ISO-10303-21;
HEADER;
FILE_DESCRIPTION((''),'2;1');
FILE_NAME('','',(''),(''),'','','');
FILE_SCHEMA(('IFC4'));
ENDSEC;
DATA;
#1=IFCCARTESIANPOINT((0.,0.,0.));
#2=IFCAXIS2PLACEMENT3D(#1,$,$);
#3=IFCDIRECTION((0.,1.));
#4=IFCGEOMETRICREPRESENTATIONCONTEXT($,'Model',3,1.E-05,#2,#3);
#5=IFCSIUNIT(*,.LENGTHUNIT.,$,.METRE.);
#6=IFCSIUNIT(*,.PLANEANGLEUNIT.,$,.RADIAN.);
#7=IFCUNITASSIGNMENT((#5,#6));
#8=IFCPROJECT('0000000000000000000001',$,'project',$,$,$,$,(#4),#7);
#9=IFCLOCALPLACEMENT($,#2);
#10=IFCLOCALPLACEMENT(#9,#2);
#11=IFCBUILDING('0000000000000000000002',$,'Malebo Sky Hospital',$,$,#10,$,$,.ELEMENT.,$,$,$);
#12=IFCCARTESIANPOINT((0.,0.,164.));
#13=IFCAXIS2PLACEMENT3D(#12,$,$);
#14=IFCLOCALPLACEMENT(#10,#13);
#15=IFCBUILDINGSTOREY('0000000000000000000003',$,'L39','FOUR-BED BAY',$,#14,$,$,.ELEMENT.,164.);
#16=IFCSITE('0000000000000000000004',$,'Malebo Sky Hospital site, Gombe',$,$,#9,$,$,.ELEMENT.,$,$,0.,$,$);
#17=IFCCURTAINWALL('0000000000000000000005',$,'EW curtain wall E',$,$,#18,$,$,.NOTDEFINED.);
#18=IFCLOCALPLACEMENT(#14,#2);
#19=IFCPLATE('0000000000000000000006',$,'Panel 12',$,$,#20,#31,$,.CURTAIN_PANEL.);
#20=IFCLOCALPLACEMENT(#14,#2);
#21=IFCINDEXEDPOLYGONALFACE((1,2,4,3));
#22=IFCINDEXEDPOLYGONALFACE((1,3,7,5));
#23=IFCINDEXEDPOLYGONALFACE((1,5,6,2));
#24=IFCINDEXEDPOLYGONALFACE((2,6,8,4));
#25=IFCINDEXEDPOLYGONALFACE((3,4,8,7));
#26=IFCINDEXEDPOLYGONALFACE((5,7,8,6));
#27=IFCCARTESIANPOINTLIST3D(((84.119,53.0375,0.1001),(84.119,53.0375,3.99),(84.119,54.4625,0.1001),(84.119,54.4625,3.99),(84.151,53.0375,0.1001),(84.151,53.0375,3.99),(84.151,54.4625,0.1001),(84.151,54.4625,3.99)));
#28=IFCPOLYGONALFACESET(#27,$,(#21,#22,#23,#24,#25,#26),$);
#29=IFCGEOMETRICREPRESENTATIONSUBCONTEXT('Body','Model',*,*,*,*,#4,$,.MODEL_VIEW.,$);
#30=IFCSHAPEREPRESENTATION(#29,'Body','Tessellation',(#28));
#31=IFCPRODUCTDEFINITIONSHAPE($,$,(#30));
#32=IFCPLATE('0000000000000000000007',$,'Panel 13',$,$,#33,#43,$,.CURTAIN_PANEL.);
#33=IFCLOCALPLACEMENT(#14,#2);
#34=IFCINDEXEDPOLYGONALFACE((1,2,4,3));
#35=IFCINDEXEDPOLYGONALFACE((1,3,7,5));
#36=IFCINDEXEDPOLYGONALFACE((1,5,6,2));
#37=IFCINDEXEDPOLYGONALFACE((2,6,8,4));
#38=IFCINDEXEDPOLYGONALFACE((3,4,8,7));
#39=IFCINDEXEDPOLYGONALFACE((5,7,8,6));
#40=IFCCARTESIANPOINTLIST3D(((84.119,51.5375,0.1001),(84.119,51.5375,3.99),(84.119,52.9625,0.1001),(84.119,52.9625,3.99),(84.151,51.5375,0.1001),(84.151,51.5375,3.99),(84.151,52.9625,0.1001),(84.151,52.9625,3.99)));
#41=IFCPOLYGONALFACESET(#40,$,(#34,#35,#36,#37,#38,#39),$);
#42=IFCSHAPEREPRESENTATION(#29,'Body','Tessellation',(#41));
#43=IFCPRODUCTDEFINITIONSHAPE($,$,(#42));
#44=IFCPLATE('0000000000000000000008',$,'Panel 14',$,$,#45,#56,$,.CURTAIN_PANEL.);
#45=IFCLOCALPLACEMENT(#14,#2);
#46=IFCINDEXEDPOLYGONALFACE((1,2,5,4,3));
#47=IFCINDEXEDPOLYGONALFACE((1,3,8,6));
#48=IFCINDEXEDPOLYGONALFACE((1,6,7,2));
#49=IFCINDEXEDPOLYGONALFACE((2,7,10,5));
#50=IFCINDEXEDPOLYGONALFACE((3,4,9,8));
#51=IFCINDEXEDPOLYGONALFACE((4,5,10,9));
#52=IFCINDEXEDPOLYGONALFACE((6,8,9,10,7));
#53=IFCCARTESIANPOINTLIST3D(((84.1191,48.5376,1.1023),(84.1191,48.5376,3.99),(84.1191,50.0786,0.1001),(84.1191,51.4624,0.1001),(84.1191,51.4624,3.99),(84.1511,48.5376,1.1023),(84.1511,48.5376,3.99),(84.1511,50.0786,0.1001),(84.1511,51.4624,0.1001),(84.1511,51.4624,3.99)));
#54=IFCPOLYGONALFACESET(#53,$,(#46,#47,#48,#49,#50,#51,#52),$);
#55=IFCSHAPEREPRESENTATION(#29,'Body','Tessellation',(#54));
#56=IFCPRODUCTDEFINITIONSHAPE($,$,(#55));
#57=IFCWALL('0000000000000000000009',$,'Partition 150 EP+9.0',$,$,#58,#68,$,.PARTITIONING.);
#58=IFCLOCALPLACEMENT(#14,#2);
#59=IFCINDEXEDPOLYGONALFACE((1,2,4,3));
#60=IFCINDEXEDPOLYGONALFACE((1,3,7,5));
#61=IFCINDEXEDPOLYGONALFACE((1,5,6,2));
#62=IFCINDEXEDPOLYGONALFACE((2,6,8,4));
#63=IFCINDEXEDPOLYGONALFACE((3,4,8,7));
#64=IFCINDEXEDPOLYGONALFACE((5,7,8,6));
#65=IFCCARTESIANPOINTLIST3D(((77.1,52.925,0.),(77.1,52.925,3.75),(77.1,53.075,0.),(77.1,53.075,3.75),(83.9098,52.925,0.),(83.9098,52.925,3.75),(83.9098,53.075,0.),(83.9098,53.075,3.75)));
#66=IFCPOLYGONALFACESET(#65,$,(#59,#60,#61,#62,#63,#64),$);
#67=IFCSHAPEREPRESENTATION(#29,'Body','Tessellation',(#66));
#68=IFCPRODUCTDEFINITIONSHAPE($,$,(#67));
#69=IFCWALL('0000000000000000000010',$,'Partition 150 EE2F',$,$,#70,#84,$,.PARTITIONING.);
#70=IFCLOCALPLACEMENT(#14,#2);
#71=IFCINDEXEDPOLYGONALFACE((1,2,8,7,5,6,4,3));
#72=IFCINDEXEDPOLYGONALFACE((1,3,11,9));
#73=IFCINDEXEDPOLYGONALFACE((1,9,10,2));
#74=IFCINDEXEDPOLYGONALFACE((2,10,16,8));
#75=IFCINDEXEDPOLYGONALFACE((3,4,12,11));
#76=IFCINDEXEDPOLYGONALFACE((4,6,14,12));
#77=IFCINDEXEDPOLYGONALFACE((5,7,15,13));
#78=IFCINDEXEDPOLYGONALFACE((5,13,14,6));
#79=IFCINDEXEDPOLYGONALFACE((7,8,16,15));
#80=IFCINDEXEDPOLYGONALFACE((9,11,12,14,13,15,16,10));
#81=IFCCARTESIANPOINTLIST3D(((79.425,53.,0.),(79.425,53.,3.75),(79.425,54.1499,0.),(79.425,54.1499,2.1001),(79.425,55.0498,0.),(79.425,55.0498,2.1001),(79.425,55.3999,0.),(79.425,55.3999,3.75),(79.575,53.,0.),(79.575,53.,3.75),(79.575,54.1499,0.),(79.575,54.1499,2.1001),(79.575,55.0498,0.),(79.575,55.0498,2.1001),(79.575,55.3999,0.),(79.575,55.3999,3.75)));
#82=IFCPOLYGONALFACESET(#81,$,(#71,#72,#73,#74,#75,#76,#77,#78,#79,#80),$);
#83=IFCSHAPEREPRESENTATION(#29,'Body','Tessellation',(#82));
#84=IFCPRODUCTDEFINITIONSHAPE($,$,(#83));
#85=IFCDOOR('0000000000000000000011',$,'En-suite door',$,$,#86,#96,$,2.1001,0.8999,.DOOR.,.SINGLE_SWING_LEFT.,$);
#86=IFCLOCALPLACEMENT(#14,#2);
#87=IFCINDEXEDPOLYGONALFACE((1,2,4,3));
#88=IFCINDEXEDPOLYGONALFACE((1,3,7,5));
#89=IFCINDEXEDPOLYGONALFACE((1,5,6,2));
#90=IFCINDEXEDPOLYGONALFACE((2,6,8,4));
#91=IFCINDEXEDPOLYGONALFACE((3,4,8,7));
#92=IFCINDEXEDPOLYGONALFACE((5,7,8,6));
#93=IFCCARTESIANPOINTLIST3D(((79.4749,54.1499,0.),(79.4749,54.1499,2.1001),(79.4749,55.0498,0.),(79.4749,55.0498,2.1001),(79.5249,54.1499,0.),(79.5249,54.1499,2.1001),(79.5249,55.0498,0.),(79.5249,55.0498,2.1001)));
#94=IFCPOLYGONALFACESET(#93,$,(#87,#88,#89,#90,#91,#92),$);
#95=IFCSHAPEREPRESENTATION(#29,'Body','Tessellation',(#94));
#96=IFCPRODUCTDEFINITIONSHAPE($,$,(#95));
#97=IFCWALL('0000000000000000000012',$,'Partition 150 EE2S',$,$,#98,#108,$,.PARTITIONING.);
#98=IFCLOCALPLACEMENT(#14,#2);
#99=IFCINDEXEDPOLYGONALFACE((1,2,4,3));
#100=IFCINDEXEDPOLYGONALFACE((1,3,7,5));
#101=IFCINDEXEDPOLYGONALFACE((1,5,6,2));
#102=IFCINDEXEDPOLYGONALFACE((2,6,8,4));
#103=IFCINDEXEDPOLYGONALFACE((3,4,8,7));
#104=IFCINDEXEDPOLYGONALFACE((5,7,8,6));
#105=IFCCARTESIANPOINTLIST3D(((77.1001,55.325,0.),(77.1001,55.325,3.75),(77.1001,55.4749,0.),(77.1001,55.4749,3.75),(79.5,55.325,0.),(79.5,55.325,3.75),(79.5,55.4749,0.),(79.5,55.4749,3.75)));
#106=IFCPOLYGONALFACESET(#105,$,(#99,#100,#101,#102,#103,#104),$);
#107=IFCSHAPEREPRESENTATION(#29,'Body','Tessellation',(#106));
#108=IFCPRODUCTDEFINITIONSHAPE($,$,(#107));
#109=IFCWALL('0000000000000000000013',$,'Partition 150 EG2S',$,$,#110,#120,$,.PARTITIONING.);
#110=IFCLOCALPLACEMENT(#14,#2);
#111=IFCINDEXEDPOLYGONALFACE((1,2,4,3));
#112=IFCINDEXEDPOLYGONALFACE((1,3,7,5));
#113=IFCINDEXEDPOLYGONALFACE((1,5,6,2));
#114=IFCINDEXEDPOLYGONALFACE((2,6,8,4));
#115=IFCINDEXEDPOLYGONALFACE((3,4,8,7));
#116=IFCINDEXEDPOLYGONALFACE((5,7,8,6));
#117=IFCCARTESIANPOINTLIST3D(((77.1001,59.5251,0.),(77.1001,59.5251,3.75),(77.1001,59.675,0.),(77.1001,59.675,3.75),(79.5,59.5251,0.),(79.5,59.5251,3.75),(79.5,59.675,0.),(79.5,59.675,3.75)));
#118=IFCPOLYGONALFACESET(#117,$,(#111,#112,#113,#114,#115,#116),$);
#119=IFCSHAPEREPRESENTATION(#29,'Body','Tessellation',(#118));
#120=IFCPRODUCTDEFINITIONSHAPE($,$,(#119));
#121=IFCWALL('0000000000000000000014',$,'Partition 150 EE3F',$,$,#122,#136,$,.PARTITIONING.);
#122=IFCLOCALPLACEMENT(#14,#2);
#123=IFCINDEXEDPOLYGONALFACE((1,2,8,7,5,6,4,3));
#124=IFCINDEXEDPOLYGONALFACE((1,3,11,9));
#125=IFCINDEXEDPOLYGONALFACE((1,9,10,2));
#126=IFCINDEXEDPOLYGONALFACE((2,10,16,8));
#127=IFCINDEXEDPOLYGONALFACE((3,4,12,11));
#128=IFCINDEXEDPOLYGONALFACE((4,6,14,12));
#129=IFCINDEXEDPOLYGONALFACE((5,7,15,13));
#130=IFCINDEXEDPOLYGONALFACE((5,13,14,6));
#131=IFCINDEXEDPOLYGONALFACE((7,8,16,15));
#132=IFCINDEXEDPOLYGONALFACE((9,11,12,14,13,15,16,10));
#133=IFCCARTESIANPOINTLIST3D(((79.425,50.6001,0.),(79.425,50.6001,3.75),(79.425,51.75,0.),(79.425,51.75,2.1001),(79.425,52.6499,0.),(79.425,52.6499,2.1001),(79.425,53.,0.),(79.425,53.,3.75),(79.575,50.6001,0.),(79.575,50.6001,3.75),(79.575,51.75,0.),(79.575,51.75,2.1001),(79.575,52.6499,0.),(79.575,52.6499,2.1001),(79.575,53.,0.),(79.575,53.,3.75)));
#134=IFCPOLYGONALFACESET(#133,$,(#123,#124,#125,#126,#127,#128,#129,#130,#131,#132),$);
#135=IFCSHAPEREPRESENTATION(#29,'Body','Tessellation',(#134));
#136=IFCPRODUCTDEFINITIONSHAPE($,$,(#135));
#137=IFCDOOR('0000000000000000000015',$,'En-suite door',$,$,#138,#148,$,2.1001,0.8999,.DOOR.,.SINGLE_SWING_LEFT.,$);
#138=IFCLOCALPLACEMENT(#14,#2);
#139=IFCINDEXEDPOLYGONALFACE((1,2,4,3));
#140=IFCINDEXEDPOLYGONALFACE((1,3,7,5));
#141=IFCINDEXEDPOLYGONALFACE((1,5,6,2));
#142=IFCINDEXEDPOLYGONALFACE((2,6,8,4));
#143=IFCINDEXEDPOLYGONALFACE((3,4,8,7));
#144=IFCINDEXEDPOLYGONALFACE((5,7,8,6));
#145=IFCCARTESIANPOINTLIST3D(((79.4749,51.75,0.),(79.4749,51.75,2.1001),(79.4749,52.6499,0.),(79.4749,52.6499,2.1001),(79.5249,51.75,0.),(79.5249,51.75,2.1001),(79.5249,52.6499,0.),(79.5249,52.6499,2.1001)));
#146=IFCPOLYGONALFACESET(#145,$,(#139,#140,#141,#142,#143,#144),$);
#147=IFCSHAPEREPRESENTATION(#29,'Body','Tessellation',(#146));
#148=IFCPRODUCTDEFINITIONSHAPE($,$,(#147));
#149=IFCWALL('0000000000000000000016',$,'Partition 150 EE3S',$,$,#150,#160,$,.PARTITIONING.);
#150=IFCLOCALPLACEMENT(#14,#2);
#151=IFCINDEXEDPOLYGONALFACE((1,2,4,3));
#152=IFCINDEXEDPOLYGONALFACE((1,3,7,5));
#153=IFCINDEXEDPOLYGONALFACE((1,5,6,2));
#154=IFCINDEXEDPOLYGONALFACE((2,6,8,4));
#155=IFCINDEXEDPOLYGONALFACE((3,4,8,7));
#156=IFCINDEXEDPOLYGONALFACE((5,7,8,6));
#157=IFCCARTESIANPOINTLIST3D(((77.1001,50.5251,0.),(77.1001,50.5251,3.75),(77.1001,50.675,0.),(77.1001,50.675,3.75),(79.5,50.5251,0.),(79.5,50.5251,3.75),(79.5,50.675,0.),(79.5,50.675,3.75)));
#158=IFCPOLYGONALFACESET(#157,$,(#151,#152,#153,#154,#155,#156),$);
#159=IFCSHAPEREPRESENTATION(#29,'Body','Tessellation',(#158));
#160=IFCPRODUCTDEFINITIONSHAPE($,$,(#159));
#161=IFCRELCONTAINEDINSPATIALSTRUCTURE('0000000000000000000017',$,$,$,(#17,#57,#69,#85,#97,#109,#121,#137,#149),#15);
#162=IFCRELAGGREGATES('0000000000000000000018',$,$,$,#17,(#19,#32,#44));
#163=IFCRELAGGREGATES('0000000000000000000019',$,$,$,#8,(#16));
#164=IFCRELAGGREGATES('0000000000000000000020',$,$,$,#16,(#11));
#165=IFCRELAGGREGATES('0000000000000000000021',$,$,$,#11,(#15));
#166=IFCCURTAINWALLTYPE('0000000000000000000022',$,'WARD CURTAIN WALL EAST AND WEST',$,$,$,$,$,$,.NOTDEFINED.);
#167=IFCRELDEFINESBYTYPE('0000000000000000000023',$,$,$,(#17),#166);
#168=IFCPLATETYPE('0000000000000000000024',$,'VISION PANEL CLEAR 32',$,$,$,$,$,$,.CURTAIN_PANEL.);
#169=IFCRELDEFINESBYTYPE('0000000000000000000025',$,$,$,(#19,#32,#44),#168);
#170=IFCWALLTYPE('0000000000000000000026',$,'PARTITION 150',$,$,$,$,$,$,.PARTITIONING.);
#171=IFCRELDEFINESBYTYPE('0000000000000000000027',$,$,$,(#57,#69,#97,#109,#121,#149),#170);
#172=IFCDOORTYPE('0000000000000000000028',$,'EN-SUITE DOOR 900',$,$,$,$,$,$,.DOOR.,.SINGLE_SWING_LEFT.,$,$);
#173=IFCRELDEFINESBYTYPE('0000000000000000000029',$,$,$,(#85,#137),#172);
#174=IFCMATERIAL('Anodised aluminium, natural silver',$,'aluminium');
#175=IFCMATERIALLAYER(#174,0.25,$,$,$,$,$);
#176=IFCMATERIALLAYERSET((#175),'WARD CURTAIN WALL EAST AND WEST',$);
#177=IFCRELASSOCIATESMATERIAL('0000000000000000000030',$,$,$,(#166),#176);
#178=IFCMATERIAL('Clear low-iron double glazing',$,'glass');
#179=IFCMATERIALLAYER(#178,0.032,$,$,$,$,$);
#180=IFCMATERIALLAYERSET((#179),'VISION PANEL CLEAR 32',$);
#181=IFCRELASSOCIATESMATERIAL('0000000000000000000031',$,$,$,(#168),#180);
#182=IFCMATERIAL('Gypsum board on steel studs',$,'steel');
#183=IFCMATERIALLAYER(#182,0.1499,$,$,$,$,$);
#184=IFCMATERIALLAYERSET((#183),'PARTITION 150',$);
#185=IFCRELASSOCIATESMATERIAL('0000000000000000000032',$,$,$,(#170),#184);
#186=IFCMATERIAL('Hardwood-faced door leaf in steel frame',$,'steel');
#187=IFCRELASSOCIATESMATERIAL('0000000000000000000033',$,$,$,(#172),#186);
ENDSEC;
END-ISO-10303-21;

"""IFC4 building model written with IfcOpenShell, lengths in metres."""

from ifc_helpers import new_model, si_unit, direction, frame, frame_2d, origin, origin_2d, place, context, subcontext, project, spatial, polyline, rectangle, outline, extrude, material, layer, layer_set, type_object, element, fill, aggregate, save


model = new_model("IFC4")

# Units and contexts
model_context = context("Model", 3, precision=1e-05, world=origin(), true_north=direction((0.0, 1.0)))
body_context = subcontext(model_context, "Body", "Model", "MODEL_VIEW")
ifc_project = project(units=[si_unit("LENGTHUNIT", "METRE"), si_unit("PLANEANGLEUNIT", "RADIAN")], contexts=[model_context])

# Site, building, storey
site_placement = place(None, origin())
site = spatial("IfcSite", under=ifc_project, at=site_placement, Name="Malebo Sky Hospital site, Gombe", CompositionType="ELEMENT", RefElevation=0.0)
building_placement = place(site_placement, origin())
building = spatial("IfcBuilding", under=site, at=building_placement, Name="Malebo Sky Hospital", CompositionType="ELEMENT")
storey_placement = place(building_placement, frame((0.0, 0.0, 164.0)))
storey = spatial("IfcBuildingStorey", under=building, at=storey_placement, Name="L39", Description="FOUR-BED BAY", CompositionType="ELEMENT", Elevation=164.0)

# Curtain wall
ifc_material_1 = material(Name="Anodised aluminium, natural silver", Category="aluminium")
ifc_layer_1 = layer(ifc_material_1, 0.25)
ifc_layer_set_1 = layer_set([ifc_layer_1], Name="WARD CURTAIN WALL EAST AND WEST")
curtain_wall_type = type_object("IfcCurtainWallType", Name="WARD CURTAIN WALL EAST AND WEST", PredefinedType="NOTDEFINED", material=ifc_layer_set_1)
curtain_wall_placement = place(storey_placement, origin())
curtain_wall = element("IfcCurtainWall", 1, at=curtain_wall_placement, inside=storey, type_object=curtain_wall_type, Name="EW curtain wall E", PredefinedType="NOTDEFINED")

# Plates
ifc_material_2 = material(Name="Clear low-iron double glazing", Category="glass")
ifc_layer_2 = layer(ifc_material_2, 0.032)
ifc_layer_set_2 = layer_set([ifc_layer_2], Name="VISION PANEL CLEAR 32")
plate_type = type_object("IfcPlateType", Name="VISION PANEL CLEAR 32", PredefinedType="CURTAIN_PANEL", material=ifc_layer_set_2)
plate_1_placement = place(storey_placement, frame((84.135, 53.75, 0.1001), z_axis=(0.0, 0.0, 1.0), x_axis=(0.0, -1.0, 0.0)))
plate_1 = element("IfcPlate", 2, at=plate_1_placement, type_object=plate_type, Name="Panel 12", PredefinedType="CURTAIN_PANEL", context=body_context, shape_type="SweptSolid", body=[
    extrude(rectangle(XDim=1.425, YDim=0.032, at=origin_2d()), origin(), (0.0, 0.0, 1.0), 3.8899),
])
plate_2_placement = place(storey_placement, frame((84.135, 52.25, 0.1001), z_axis=(0.0, 0.0, 1.0), x_axis=(0.0, -1.0, 0.0)))
plate_2 = element("IfcPlate", 3, at=plate_2_placement, type_object=plate_type, Name="Panel 13", PredefinedType="CURTAIN_PANEL", context=body_context, shape_type="SweptSolid", body=[
    extrude(rectangle(XDim=1.425, YDim=0.032, at=origin_2d()), origin(), (0.0, 0.0, 1.0), 3.8899),
])
plate_3_placement = place(storey_placement, frame((84.135, 50.0, 0.1001), z_axis=(0.0, 0.0, 1.0), x_axis=(0.0, -1.0, 0.0)))
plate_3 = element("IfcPlate", 4, at=plate_3_placement, type_object=plate_type, Name="Panel 14", PredefinedType="CURTAIN_PANEL", context=body_context, shape_type="SweptSolid", body=[
    extrude(outline(polyline([(-1.4624, 0.0), (-0.0786, 0.0), (1.4624, 1.0022), (1.4624, 3.8899), (-1.4624, 3.8899), (-1.4624, 0.0)])), frame((0.0, 0.0161, 0.0), z_axis=(0.0, -1.0, 0.0), x_axis=(1.0, 0.0, 0.0)), (0.0, 0.0, 1.0), 0.032),
])
aggregate(curtain_wall, [plate_1, plate_2, plate_3])

# Wall
ifc_material_3 = material(Name="Gypsum board on steel studs", Category="steel")
ifc_layer_3 = layer(ifc_material_3, 0.1499)
ifc_layer_set_3 = layer_set([ifc_layer_3], Name="PARTITION 150")
wall_type = type_object("IfcWallType", Name="PARTITION 150", PredefinedType="PARTITIONING", material=ifc_layer_set_3)
wall_1_placement = place(storey_placement, frame((77.1001, 53.0, 0.0), z_axis=(0.0, 0.0, 1.0), x_axis=(1.0, 0.0, 0.0)))
element("IfcWall", 5, at=wall_1_placement, inside=storey, type_object=wall_type, Name="Partition 150 EP+9.0", PredefinedType="PARTITIONING", context=body_context, shape_type="SweptSolid", body=[
    extrude(rectangle(XDim=6.8098, YDim=0.1499, at=frame_2d((3.4048, 0.0))), origin(), (0.0, 0.0, 1.0), 3.75),
])

# Wall, opening, door
wall_2_placement = place(storey_placement, frame((79.5, 55.3999, 0.0), z_axis=(0.0, 0.0, 1.0), x_axis=(0.0, -1.0, 0.0)))
wall_2 = element("IfcWall", 6, at=wall_2_placement, inside=storey, type_object=wall_type, Name="Partition 150 EE2F", PredefinedType="PARTITIONING", context=body_context, shape_type="SweptSolid", body=[
    extrude(rectangle(XDim=2.3999, YDim=0.1499, at=frame_2d((1.2, 0.0))), origin(), (0.0, 0.0, 1.0), 3.75),
])
opening_1_placement = place(wall_2_placement, frame((0.3501, 0.0, 0.0)))
opening_1 = element("IfcOpeningElement", 7, at=opening_1_placement, cuts=wall_2, PredefinedType="OPENING", context=body_context, shape_type="SweptSolid", body=[
    extrude(rectangle(XDim=0.8999, YDim=2.1001, at=frame_2d((0.45, 1.05))), frame((0.0, 0.085, 0.0), z_axis=(0.0, -1.0, 0.0), x_axis=(1.0, 0.0, 0.0)), (0.0, 0.0, 1.0), 0.1699),
])
ifc_material_4 = material(Name="Hardwood-faced door leaf in steel frame", Category="steel")
door_type = type_object("IfcDoorType", Name="EN-SUITE DOOR 900", OperationType="SINGLE_SWING_LEFT", PredefinedType="DOOR", material=ifc_material_4)
door_1_placement = place(opening_1_placement, origin())
door_1 = element("IfcDoor", 8, at=door_1_placement, inside=storey, type_object=door_type, Name="En-suite door", OperationType="SINGLE_SWING_LEFT", OverallHeight=2.1001, OverallWidth=0.8999, PredefinedType="DOOR", context=body_context, shape_type="SweptSolid", body=[
    extrude(rectangle(XDim=0.8999, YDim=2.1001, at=frame_2d((0.45, 1.05))), frame((0.0, 0.0249, 0.0), z_axis=(0.0, -1.0, 0.0), x_axis=(1.0, 0.0, 0.0)), (0.0, 0.0, 1.0), 0.05),
])
fill(opening_1, door_1)

# Walls
for number, where, z_axis, x_axis, name in (
    (9, (77.1001, 55.3999, 0.0), (0.0, 0.0, 1.0), (1.0, 0.0, 0.0), "Partition 150 EE2S"),
    (10, (77.1001, 59.6001, 0.0), (0.0, 0.0, 1.0), (1.0, 0.0, 0.0), "Partition 150 EG2S"),
):
    element("IfcWall", number, at=place(storey_placement, frame(where, z_axis=z_axis, x_axis=x_axis)), inside=storey, type_object=wall_type, Name=name, PredefinedType="PARTITIONING", context=body_context, shape_type="SweptSolid", body=[
        extrude(rectangle(XDim=2.3999, YDim=0.1499, at=frame_2d((1.2, 0.0))), origin(), (0.0, 0.0, 1.0), 3.75),
    ])

# Wall, opening, door
wall_3_placement = place(storey_placement, frame((79.5, 53.0, 0.0), z_axis=(0.0, 0.0, 1.0), x_axis=(0.0, -1.0, 0.0)))
wall_3 = element("IfcWall", 11, at=wall_3_placement, inside=storey, type_object=wall_type, Name="Partition 150 EE3F", PredefinedType="PARTITIONING", context=body_context, shape_type="SweptSolid", body=[
    extrude(rectangle(XDim=2.3999, YDim=0.1499, at=frame_2d((1.2, 0.0))), origin(), (0.0, 0.0, 1.0), 3.75),
])
opening_2_placement = place(wall_3_placement, frame((0.3501, 0.0, 0.0)))
opening_2 = element("IfcOpeningElement", 12, at=opening_2_placement, cuts=wall_3, PredefinedType="OPENING", context=body_context, shape_type="SweptSolid", body=[
    extrude(rectangle(XDim=0.8999, YDim=2.1001, at=frame_2d((0.45, 1.05))), frame((0.0, 0.085, 0.0), z_axis=(0.0, -1.0, 0.0), x_axis=(1.0, 0.0, 0.0)), (0.0, 0.0, 1.0), 0.1699),
])
door_2_placement = place(opening_2_placement, origin())
door_2 = element("IfcDoor", 13, at=door_2_placement, inside=storey, type_object=door_type, Name="En-suite door", OperationType="SINGLE_SWING_LEFT", OverallHeight=2.1001, OverallWidth=0.8999, PredefinedType="DOOR", context=body_context, shape_type="SweptSolid", body=[
    extrude(rectangle(XDim=0.8999, YDim=2.1001, at=frame_2d((0.45, 1.05))), frame((0.0, 0.0249, 0.0), z_axis=(0.0, -1.0, 0.0), x_axis=(1.0, 0.0, 0.0)), (0.0, 0.0, 1.0), 0.05),
])
fill(opening_2, door_2)

# Wall
wall_4_placement = place(storey_placement, frame((77.1001, 50.6001, 0.0), z_axis=(0.0, 0.0, 1.0), x_axis=(1.0, 0.0, 0.0)))
element("IfcWall", 14, at=wall_4_placement, inside=storey, type_object=wall_type, Name="Partition 150 EE3S", PredefinedType="PARTITIONING", context=body_context, shape_type="SweptSolid", body=[
    extrude(rectangle(XDim=2.3999, YDim=0.1499, at=frame_2d((1.2, 0.0))), origin(), (0.0, 0.0, 1.0), 3.75),
])

save(model, "model.ifc")
